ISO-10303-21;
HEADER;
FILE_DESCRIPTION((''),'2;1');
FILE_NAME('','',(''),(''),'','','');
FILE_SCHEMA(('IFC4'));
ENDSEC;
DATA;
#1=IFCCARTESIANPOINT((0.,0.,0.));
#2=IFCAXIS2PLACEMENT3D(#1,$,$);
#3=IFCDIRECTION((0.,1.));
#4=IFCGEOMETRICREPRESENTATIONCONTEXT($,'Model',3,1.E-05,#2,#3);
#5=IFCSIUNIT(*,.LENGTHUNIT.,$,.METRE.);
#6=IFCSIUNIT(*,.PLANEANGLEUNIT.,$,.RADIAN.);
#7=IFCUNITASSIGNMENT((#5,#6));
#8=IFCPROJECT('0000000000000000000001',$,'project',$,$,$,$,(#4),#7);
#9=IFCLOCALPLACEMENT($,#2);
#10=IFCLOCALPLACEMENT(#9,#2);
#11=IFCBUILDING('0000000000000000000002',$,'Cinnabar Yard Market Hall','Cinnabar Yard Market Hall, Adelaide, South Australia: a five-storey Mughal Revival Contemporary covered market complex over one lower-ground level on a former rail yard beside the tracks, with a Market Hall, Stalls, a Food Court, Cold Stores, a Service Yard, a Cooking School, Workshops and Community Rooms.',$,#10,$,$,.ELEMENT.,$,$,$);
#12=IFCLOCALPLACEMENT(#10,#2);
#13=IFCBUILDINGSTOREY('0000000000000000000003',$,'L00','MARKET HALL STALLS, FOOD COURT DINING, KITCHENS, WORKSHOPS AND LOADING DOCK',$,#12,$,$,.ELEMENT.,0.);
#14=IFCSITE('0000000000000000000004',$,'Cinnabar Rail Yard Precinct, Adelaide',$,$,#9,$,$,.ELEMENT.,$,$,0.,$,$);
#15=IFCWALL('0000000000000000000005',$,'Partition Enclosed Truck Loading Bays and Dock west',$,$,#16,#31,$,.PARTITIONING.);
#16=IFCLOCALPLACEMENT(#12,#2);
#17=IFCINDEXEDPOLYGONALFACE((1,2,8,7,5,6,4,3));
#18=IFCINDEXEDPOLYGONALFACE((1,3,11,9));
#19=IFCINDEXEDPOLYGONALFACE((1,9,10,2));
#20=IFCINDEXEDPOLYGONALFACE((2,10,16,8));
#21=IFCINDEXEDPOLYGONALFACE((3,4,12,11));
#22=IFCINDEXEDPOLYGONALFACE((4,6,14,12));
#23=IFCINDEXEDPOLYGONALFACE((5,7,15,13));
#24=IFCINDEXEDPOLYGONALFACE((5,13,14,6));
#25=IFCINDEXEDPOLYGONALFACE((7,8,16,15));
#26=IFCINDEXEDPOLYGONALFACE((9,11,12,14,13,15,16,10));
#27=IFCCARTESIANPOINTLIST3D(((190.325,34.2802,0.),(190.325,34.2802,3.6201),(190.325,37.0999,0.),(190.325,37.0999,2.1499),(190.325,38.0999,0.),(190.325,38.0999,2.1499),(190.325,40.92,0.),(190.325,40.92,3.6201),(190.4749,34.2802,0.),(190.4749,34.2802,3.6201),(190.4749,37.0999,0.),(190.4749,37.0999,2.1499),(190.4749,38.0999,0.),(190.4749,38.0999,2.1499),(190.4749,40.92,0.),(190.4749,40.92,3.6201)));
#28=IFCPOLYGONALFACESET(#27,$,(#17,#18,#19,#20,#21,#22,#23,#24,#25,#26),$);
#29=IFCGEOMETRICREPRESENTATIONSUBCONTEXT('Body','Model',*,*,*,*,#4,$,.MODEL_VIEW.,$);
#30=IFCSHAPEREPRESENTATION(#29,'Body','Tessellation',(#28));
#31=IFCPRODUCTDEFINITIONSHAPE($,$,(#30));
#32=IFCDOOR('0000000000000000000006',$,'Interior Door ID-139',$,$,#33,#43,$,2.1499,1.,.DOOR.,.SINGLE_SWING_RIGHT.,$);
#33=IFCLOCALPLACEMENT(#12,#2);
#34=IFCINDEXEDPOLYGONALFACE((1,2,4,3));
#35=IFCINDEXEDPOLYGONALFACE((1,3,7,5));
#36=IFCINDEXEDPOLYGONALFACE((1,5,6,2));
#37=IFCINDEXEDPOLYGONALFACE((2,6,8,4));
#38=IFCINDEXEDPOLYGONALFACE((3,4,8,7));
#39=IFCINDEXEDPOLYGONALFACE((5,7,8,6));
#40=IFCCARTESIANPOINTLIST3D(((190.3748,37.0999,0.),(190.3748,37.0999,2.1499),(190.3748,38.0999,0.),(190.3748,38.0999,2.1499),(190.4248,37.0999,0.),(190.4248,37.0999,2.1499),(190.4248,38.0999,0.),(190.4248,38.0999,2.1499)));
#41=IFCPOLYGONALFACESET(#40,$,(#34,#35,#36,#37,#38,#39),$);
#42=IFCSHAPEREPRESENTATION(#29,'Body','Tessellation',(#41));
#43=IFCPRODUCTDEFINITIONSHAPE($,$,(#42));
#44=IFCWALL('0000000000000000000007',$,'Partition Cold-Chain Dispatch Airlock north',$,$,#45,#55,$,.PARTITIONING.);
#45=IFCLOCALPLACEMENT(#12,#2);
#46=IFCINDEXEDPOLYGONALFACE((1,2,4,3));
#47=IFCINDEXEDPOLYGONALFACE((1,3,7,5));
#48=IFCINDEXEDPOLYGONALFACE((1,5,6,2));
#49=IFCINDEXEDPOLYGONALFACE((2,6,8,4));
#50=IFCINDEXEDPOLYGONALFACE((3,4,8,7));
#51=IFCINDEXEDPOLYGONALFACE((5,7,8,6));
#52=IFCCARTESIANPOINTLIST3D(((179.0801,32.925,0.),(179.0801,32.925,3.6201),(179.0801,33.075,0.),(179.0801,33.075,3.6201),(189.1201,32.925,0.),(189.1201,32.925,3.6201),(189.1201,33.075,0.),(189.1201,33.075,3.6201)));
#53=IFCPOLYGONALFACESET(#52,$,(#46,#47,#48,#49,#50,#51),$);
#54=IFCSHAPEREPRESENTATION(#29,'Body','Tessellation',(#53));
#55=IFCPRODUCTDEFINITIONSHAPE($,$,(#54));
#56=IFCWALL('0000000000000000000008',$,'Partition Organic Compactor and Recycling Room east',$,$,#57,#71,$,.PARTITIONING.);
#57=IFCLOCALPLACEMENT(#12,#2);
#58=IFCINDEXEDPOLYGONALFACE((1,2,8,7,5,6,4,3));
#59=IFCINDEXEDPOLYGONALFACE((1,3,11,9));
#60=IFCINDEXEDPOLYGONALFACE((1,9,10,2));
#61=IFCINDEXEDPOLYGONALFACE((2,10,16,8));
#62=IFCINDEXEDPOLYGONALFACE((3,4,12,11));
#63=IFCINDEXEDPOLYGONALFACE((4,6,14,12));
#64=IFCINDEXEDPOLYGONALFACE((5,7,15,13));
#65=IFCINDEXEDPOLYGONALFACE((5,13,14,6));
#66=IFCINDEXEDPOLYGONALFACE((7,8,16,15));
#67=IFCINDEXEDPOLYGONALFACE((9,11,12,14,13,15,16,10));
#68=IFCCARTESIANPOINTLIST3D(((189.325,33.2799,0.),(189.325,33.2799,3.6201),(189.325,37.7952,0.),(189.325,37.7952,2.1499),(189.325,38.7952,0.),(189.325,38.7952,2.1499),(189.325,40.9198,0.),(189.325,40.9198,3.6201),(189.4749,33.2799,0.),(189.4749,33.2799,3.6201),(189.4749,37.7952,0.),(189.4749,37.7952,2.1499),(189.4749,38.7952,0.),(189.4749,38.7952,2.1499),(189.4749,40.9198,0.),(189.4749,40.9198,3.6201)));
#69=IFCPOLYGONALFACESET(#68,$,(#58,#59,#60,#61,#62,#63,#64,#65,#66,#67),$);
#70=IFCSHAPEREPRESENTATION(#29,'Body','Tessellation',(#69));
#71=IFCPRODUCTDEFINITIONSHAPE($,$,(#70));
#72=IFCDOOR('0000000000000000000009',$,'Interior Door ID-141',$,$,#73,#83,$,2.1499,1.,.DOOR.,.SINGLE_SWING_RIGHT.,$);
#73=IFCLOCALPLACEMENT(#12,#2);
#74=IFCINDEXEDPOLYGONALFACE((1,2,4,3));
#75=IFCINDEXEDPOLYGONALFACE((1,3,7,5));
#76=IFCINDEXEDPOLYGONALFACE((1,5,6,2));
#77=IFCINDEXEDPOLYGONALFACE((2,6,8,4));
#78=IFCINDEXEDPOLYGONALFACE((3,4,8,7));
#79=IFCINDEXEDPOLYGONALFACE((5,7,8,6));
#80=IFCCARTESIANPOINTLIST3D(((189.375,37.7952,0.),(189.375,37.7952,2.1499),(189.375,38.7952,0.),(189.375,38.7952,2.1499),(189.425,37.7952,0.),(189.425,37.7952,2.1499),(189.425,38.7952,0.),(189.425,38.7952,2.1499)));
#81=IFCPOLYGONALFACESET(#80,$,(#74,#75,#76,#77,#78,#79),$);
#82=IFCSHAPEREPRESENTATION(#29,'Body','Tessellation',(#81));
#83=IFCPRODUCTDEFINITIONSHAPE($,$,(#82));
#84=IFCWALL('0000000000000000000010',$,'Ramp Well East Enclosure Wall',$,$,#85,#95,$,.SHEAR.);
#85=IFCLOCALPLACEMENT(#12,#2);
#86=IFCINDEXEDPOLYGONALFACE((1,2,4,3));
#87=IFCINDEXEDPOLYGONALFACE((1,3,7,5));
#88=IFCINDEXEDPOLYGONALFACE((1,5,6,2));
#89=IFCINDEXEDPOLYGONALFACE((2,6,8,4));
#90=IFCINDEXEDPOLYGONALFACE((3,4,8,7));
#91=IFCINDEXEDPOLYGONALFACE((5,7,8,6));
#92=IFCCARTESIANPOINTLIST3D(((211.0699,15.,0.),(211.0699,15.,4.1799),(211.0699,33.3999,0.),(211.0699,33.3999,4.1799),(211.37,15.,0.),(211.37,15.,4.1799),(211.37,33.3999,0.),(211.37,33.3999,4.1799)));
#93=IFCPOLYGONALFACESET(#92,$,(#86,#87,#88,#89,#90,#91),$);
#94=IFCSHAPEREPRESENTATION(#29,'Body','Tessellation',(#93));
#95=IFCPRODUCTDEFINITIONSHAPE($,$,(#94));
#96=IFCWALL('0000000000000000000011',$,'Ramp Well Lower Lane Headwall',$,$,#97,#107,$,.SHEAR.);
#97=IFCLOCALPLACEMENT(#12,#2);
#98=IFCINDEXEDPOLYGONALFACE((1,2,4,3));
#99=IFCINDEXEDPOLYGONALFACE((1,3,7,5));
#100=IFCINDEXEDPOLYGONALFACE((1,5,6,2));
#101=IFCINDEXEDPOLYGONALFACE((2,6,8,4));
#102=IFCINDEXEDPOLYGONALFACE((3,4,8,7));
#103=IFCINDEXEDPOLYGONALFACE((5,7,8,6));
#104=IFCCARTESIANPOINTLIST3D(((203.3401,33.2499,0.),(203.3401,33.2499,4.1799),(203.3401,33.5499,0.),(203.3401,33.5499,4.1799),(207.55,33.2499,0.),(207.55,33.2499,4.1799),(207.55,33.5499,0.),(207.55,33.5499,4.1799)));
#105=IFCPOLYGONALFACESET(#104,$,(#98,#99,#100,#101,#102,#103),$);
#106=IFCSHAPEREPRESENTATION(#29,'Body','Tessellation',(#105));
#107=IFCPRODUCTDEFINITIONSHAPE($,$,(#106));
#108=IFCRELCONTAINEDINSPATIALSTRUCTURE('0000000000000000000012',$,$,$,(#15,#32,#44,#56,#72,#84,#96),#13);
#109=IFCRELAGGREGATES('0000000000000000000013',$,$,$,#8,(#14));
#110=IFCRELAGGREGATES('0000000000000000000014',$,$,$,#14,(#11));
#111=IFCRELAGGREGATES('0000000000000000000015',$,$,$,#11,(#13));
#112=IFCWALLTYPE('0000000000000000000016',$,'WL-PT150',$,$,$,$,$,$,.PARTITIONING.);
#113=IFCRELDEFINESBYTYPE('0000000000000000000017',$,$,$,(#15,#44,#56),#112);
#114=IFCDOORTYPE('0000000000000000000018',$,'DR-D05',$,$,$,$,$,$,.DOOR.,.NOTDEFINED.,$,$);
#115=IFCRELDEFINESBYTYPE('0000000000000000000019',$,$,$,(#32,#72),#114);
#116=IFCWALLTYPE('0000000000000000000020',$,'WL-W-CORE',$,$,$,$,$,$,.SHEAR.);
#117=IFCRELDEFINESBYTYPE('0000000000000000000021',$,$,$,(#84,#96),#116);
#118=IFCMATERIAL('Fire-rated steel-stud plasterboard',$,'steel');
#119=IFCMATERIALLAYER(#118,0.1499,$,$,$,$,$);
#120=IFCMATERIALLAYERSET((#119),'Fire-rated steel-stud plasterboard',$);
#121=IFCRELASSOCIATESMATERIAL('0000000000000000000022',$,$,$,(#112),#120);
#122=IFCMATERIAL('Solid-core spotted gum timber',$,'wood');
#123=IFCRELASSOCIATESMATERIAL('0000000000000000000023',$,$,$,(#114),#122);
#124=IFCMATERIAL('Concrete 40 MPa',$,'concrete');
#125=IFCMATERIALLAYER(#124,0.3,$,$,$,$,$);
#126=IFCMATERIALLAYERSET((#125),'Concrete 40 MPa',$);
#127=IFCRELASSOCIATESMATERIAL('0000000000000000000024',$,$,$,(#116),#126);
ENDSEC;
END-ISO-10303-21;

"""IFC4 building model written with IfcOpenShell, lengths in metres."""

from ifc_helpers import new_model, si_unit, direction, frame, frame_2d, origin, place, context, subcontext, project, spatial, rectangle, extrude, material, layer, layer_set, type_object, element, fill, save


model = new_model("IFC4")

# Units and contexts
model_context = context("Model", 3, precision=1e-05, world=origin(), true_north=direction((0.0, 1.0)))
body_context = subcontext(model_context, "Body", "Model", "MODEL_VIEW")
ifc_project = project(units=[si_unit("LENGTHUNIT", "METRE"), si_unit("PLANEANGLEUNIT", "RADIAN")], contexts=[model_context])

# Site, building, storey
site_placement = place(None, origin())
site = spatial("IfcSite", under=ifc_project, at=site_placement, Name="Cinnabar Rail Yard Precinct, Adelaide", CompositionType="ELEMENT", RefElevation=0.0)
building_placement = place(site_placement, origin())
building = spatial("IfcBuilding", under=site, at=building_placement, Name="Cinnabar Yard Market Hall", Description="Cinnabar Yard Market Hall, Adelaide, South Australia: a five-storey Mughal Revival Contemporary covered market complex over one lower-ground level on a former rail yard beside the tracks, with a Market Hall, Stalls, a Food Court, Cold Stores, a Service Yard, a Cooking School, Workshops and Community Rooms.", CompositionType="ELEMENT")
storey_placement = place(building_placement, origin())
storey = spatial("IfcBuildingStorey", under=building, at=storey_placement, Name="L00", Description="MARKET HALL STALLS, FOOD COURT DINING, KITCHENS, WORKSHOPS AND LOADING DOCK", CompositionType="ELEMENT", Elevation=0.0)

# Shared definitions
ifc_material_1 = material(Name="Fire-rated steel-stud plasterboard", Category="steel")
ifc_layer_1 = layer(ifc_material_1, 0.1499)
ifc_layer_set_1 = layer_set([ifc_layer_1], Name="Fire-rated steel-stud plasterboard")
wall_type_1 = type_object("IfcWallType", Name="WL-PT150", PredefinedType="PARTITIONING", material=ifc_layer_set_1)

# Wall, opening, door
wall_1_placement = place(storey_placement, frame((190.3999, 40.9199, 0.0), z_axis=(0.0, 0.0, 1.0), x_axis=(0.0, -1.0, 0.0)))
wall_1 = element("IfcWall", 1, at=wall_1_placement, inside=storey, type_object=wall_type_1, Name="Partition Enclosed Truck Loading Bays and Dock west", PredefinedType="PARTITIONING", context=body_context, shape_type="SweptSolid", body=[
    extrude(rectangle(XDim=6.6399, YDim=0.1499, at=frame_2d((3.3198, 0.0), x_axis=(1.0, 0.0))), origin(), (0.0, 0.0, 1.0), 3.6201),
])
opening_1_placement = place(wall_1_placement, frame((2.8201, 0.0, 0.0)))
opening_1 = element("IfcOpeningElement", 2, at=opening_1_placement, cuts=wall_1, PredefinedType="OPENING", context=body_context, shape_type="SweptSolid", body=[
    extrude(rectangle(XDim=1.0, YDim=2.1499, at=frame_2d((0.5, 1.075), x_axis=(1.0, 0.0))), frame((0.0, 0.085, 0.0), z_axis=(0.0, -1.0, 0.0), x_axis=(1.0, 0.0, 0.0)), (0.0, 0.0, 1.0), 0.1699),
])
ifc_material_2 = material(Name="Solid-core spotted gum timber", Category="wood")
door_type_1 = type_object("IfcDoorType", Name="DR-D05", OperationType="NOTDEFINED", PredefinedType="DOOR", material=ifc_material_2)
door_1_placement = place(opening_1_placement, origin())
door_1 = element("IfcDoor", 3, at=door_1_placement, inside=storey, type_object=door_type_1, Name="Interior Door ID-139", OperationType="SINGLE_SWING_RIGHT", OverallHeight=2.1499, OverallWidth=1.0, PredefinedType="DOOR", context=body_context, shape_type="SweptSolid", body=[
    extrude(rectangle(XDim=1.0, YDim=2.1499, at=frame_2d((0.5, 1.075), x_axis=(1.0, 0.0))), frame((0.0, 0.0249, 0.0), z_axis=(0.0, -1.0, 0.0), x_axis=(1.0, 0.0, 0.0)), (0.0, 0.0, 1.0), 0.05),
])
fill(opening_1, door_1)

# Wall
wall_2_placement = place(storey_placement, frame((189.1201, 33.0, 0.0), z_axis=(0.0, 0.0, 1.0), x_axis=(-1.0, 0.0, 0.0)))
element("IfcWall", 4, at=wall_2_placement, inside=storey, type_object=wall_type_1, Name="Partition Cold-Chain Dispatch Airlock north", PredefinedType="PARTITIONING", context=body_context, shape_type="SweptSolid", body=[
    extrude(rectangle(XDim=10.04, YDim=0.1499, at=frame_2d((5.02, 0.0), x_axis=(1.0, 0.0))), origin(), (0.0, 0.0, 1.0), 3.6201),
])

# Wall, opening, door
wall_3_placement = place(storey_placement, frame((189.3999, 33.28, 0.0), z_axis=(0.0, 0.0, 1.0), x_axis=(0.0, 1.0, 0.0)))
wall_3 = element("IfcWall", 5, at=wall_3_placement, inside=storey, type_object=wall_type_1, Name="Partition Organic Compactor and Recycling Room east", PredefinedType="PARTITIONING", context=body_context, shape_type="SweptSolid", body=[
    extrude(rectangle(XDim=7.6399, YDim=0.1499, at=frame_2d((3.8198, 0.0), x_axis=(1.0, 0.0))), origin(), (0.0, 0.0, 1.0), 3.6201),
])
opening_2_placement = place(wall_3_placement, frame((4.5151, 0.0, 0.0)))
opening_2 = element("IfcOpeningElement", 6, at=opening_2_placement, cuts=wall_3, PredefinedType="OPENING", context=body_context, shape_type="SweptSolid", body=[
    extrude(rectangle(XDim=1.0, YDim=2.1499, at=frame_2d((0.5, 1.075), x_axis=(1.0, 0.0))), frame((0.0, 0.085, 0.0), z_axis=(0.0, -1.0, 0.0), x_axis=(1.0, 0.0, 0.0)), (0.0, 0.0, 1.0), 0.1699),
])
door_2_placement = place(opening_2_placement, origin())
door_2 = element("IfcDoor", 7, at=door_2_placement, inside=storey, type_object=door_type_1, Name="Interior Door ID-141", OperationType="SINGLE_SWING_RIGHT", OverallHeight=2.1499, OverallWidth=1.0, PredefinedType="DOOR", context=body_context, shape_type="SweptSolid", body=[
    extrude(rectangle(XDim=1.0, YDim=2.1499, at=frame_2d((0.5, 1.075), x_axis=(1.0, 0.0))), frame((0.0, 0.0249, 0.0), z_axis=(0.0, -1.0, 0.0), x_axis=(1.0, 0.0, 0.0)), (0.0, 0.0, 1.0), 0.05),
])
fill(opening_2, door_2)

# Walls
ifc_material_3 = material(Name="Concrete 40 MPa", Category="concrete")
ifc_layer_2 = layer(ifc_material_3, 0.3)
ifc_layer_set_2 = layer_set([ifc_layer_2], Name="Concrete 40 MPa")
wall_type_2 = type_object("IfcWallType", Name="WL-W-CORE", PredefinedType="SHEAR", material=ifc_layer_set_2)
wall_4_placement = place(storey_placement, frame((211.22, 33.3999, 0.0), z_axis=(0.0, 0.0, 1.0), x_axis=(0.0, -1.0, 0.0)))
element("IfcWall", 8, at=wall_4_placement, inside=storey, type_object=wall_type_2, Name="Ramp Well East Enclosure Wall", PredefinedType="SHEAR", context=body_context, shape_type="SweptSolid", body=[
    extrude(rectangle(XDim=18.3999, YDim=0.3, at=frame_2d((9.2, 0.0), x_axis=(1.0, 0.0))), origin(), (0.0, 0.0, 1.0), 4.1799),
])
wall_5_placement = place(storey_placement, frame((203.3401, 33.3999, 0.0), z_axis=(0.0, 0.0, 1.0), x_axis=(1.0, 0.0, 0.0)))
element("IfcWall", 9, at=wall_5_placement, inside=storey, type_object=wall_type_2, Name="Ramp Well Lower Lane Headwall", PredefinedType="SHEAR", context=body_context, shape_type="SweptSolid", body=[
    extrude(rectangle(XDim=4.21, YDim=0.3, at=frame_2d((2.105, 0.0), x_axis=(1.0, 0.0))), origin(), (0.0, 0.0, 1.0), 4.1799),
])

save(model, "model.ifc")
